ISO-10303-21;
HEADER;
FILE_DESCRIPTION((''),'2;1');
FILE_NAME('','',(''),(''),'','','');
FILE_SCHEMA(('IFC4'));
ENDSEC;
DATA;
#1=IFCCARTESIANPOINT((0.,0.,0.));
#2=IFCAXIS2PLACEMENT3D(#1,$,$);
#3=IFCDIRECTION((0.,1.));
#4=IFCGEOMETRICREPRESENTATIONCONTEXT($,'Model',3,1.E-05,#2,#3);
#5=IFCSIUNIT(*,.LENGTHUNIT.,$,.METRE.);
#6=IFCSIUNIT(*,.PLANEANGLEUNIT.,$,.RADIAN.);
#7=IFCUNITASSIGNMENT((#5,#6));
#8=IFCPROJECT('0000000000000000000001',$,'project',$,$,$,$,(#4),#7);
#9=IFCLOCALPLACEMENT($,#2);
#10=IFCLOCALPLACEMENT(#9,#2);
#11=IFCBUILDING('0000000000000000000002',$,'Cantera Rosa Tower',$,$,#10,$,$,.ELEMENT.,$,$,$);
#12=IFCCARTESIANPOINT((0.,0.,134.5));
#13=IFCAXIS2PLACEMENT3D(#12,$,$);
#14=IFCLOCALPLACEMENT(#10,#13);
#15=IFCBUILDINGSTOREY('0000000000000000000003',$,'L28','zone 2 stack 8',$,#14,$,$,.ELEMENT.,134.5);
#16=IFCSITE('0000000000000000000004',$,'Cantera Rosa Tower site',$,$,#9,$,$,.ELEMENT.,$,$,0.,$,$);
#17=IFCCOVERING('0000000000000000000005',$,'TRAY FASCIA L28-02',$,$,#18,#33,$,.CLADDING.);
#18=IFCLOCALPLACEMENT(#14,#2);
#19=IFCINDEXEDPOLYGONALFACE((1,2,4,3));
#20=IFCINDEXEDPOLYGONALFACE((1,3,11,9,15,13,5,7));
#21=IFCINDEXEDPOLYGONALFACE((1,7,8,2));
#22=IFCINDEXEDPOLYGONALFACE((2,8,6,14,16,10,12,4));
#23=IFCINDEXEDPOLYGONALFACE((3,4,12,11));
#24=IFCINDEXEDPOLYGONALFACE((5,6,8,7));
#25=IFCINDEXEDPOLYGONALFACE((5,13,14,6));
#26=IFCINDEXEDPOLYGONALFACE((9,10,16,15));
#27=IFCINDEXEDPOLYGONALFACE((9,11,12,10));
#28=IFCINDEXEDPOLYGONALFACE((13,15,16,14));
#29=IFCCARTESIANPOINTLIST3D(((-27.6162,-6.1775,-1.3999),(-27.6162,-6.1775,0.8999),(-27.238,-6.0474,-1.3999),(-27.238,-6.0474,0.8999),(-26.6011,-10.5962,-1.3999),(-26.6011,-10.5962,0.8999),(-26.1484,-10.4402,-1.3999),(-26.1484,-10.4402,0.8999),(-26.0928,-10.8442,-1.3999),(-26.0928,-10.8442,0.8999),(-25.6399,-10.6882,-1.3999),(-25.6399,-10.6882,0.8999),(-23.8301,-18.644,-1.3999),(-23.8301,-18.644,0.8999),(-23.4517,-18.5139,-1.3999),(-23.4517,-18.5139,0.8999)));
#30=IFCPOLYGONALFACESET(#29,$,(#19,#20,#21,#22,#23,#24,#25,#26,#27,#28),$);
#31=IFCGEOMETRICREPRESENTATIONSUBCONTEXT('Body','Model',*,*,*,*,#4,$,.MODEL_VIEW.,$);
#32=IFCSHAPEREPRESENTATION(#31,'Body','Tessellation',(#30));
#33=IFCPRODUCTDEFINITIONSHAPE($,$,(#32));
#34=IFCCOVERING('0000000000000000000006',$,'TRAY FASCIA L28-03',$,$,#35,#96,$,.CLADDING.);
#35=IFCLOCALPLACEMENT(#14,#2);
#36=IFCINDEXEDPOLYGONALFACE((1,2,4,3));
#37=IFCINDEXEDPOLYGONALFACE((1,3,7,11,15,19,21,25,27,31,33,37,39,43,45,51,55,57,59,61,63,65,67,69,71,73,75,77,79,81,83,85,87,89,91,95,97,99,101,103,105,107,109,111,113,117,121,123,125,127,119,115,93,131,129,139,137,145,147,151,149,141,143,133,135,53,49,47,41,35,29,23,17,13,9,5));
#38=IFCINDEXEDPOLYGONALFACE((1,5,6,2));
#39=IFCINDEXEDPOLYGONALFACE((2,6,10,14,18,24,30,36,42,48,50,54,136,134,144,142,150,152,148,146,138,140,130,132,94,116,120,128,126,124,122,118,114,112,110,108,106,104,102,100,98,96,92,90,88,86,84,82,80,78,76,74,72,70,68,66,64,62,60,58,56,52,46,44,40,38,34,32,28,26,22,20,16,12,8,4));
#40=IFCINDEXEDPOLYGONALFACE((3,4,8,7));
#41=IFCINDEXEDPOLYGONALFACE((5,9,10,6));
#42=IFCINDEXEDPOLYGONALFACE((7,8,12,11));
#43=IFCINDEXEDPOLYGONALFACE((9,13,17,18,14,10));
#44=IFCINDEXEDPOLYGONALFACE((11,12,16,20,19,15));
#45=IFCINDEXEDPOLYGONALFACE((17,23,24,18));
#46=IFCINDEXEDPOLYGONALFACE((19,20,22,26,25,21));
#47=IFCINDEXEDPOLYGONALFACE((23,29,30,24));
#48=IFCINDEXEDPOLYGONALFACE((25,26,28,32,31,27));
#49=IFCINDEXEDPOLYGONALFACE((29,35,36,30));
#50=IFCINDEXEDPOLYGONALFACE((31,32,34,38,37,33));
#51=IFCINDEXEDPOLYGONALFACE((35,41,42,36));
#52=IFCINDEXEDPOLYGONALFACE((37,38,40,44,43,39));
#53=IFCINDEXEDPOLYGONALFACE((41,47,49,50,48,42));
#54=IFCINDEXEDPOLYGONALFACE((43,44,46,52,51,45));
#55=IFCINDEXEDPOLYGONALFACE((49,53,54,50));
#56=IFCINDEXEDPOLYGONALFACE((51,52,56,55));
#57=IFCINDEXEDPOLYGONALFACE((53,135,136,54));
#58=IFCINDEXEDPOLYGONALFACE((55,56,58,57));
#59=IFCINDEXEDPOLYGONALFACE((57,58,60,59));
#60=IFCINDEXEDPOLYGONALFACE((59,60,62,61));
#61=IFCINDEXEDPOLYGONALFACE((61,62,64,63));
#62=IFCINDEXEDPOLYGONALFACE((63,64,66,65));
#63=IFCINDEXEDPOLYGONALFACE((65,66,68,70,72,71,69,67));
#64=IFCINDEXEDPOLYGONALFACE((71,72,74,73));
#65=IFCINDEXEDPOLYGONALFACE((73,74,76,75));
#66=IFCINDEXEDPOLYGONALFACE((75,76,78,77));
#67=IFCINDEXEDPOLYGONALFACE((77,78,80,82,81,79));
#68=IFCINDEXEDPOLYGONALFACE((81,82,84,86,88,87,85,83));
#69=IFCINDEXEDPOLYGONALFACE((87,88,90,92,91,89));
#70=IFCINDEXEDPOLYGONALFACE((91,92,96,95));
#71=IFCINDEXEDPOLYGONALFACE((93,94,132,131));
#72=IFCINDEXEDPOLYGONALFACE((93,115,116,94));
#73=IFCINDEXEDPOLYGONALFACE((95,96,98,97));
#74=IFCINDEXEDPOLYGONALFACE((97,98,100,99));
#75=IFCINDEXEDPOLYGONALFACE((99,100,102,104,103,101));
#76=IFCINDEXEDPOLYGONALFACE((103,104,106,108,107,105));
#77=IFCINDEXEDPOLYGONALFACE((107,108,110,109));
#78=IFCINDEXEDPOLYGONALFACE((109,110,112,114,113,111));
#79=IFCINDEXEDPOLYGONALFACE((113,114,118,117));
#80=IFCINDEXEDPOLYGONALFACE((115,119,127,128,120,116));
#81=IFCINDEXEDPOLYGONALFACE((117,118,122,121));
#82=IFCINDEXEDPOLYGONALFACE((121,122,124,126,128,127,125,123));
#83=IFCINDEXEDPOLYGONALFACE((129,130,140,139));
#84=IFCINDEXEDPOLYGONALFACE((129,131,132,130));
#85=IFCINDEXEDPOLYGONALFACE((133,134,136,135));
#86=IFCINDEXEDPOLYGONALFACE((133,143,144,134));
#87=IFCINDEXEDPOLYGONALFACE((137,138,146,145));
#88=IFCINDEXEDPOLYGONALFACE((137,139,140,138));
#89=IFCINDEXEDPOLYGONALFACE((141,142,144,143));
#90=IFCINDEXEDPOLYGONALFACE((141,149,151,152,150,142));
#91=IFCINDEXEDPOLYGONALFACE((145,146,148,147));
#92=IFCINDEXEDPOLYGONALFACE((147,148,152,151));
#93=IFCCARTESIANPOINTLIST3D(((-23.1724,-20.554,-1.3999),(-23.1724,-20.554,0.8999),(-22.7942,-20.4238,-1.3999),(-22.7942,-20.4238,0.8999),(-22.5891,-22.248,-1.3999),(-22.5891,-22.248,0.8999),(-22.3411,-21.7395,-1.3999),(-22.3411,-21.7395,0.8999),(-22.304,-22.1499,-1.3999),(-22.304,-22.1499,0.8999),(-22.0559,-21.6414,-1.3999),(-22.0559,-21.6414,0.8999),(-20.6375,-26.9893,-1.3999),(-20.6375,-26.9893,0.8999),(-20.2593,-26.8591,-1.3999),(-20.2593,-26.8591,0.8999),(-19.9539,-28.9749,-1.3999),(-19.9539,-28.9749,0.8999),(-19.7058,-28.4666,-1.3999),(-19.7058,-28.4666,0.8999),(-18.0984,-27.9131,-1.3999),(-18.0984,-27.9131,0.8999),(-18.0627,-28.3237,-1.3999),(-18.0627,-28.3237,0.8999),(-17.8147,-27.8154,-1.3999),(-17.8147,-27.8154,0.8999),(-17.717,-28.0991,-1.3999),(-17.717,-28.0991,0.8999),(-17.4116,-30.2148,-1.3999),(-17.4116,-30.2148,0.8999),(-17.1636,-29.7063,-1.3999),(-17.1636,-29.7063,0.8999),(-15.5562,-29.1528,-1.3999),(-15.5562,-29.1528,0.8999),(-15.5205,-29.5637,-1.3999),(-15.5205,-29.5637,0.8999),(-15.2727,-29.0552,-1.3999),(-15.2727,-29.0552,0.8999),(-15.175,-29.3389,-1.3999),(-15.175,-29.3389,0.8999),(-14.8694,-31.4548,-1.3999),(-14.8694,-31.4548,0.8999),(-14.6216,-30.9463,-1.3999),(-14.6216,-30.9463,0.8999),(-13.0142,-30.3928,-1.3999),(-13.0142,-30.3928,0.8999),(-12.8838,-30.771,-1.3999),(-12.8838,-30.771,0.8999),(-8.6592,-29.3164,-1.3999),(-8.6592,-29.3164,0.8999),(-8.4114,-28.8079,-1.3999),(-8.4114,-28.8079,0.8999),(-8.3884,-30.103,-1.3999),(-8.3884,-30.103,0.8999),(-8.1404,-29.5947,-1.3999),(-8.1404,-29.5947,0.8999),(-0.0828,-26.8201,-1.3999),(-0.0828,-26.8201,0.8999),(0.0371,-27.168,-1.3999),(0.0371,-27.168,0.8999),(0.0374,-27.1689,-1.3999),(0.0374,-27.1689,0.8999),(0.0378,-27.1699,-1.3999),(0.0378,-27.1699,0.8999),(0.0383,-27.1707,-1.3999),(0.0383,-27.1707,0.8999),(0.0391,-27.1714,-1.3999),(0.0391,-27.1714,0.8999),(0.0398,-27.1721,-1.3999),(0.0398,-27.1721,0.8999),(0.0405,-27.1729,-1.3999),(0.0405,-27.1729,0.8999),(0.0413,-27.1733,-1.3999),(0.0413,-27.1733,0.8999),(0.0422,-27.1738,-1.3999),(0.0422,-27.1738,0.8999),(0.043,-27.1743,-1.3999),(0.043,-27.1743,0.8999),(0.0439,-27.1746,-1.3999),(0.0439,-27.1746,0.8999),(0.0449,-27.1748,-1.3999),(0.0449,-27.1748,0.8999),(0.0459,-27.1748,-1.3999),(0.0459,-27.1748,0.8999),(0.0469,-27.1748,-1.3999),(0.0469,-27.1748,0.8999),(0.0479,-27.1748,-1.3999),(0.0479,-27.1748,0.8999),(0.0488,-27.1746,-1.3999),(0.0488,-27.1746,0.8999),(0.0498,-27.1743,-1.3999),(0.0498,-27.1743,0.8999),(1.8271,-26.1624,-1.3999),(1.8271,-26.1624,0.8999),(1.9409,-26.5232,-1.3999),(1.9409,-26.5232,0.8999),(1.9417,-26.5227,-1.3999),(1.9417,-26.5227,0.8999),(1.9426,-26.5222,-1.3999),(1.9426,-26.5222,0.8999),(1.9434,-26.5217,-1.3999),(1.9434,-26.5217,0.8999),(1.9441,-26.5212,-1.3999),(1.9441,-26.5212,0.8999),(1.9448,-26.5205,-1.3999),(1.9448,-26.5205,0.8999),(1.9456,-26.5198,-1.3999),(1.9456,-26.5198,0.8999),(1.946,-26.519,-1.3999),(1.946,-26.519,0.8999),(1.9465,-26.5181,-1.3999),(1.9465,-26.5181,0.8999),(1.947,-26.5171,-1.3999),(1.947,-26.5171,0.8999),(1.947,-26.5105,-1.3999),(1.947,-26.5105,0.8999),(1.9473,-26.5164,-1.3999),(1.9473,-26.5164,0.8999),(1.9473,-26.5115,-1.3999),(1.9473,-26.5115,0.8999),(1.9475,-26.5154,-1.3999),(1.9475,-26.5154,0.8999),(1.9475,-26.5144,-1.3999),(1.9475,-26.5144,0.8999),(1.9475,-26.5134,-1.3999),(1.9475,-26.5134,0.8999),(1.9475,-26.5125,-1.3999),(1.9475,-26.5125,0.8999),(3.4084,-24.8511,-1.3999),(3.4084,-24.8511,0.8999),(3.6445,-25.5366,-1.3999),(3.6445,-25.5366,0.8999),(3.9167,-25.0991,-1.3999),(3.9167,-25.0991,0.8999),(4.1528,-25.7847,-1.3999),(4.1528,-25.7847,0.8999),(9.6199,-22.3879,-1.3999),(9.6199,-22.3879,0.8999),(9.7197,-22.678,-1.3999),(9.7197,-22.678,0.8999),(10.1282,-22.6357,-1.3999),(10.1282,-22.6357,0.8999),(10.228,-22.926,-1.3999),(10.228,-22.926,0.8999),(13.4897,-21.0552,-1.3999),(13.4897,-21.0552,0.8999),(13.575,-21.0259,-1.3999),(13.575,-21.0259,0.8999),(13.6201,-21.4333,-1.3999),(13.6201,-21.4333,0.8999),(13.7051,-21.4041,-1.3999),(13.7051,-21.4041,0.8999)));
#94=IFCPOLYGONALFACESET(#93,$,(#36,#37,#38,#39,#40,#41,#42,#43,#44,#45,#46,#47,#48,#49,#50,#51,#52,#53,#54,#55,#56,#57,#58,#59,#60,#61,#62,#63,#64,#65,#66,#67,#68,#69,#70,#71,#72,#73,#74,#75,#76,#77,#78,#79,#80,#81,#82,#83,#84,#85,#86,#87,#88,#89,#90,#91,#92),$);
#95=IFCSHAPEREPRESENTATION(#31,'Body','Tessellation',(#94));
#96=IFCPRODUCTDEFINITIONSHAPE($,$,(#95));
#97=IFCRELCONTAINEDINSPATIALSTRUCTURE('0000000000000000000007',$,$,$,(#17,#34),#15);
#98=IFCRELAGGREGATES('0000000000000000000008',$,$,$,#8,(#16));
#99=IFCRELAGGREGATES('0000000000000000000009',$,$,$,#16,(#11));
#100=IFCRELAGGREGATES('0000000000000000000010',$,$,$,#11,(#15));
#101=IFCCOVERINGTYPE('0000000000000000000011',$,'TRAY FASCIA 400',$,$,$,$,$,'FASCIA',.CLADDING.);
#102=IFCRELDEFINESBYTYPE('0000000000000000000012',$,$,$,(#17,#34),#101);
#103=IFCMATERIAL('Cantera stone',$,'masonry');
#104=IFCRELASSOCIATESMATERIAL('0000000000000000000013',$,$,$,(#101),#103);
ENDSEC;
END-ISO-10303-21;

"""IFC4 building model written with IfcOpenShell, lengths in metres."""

from ifc_helpers import new_model, si_unit, direction, frame, origin, place, context, subcontext, project, spatial, polyline, outline, extrude, material, type_object, element, save


model = new_model("IFC4")

# Units and contexts
model_context = context("Model", 3, precision=1e-05, world=origin(), true_north=direction((0.0, 1.0)))
body_context = subcontext(model_context, "Body", "Model", "MODEL_VIEW")
ifc_project = project(units=[si_unit("LENGTHUNIT", "METRE"), si_unit("PLANEANGLEUNIT", "RADIAN")], contexts=[model_context])

# Site, building, storey
site_placement = place(None, origin())
site = spatial("IfcSite", under=ifc_project, at=site_placement, Name="Cantera Rosa Tower site", CompositionType="ELEMENT", RefElevation=0.0)
building_placement = place(site_placement, origin())
building = spatial("IfcBuilding", under=site, at=building_placement, Name="Cantera Rosa Tower", CompositionType="ELEMENT")
storey_placement = place(building_placement, frame((0.0, 0.0, 134.5)))
storey = spatial("IfcBuildingStorey", under=building, at=storey_placement, Name="L28", Description="zone 2 stack 8", CompositionType="ELEMENT", Elevation=134.5)

# Coverings
ifc_material_1 = material(Name="Cantera stone", Category="masonry")
covering_type_1 = type_object("IfcCoveringType", Name="TRAY FASCIA 400", ElementType="FASCIA", PredefinedType="CLADDING", material=ifc_material_1)
covering_1_placement = place(storey_placement, frame((0.0, 0.0, -1.3999)))
element("IfcCovering", 1, at=covering_1_placement, inside=storey, type_object=covering_type_1, Name="TRAY FASCIA L28-02", PredefinedType="CLADDING", context=body_context, shape_type="SweptSolid", body=[
    extrude(outline(polyline([(-26.6011, -10.5962), (-26.1484, -10.4402), (-27.6162, -6.1775), (-27.238, -6.0474), (-25.6399, -10.6882), (-26.0928, -10.8442), (-23.4517, -18.5139), (-23.8301, -18.644), (-26.6011, -10.5962)])), origin(), (0.0, 0.0, 1.0), 2.2998),
])
covering_2_placement = place(storey_placement, frame((0.0, 0.0, -1.3999)))
element("IfcCovering", 2, at=covering_2_placement, inside=storey, type_object=covering_type_1, Name="TRAY FASCIA L28-03", PredefinedType="CLADDING", context=body_context, shape_type="SweptSolid", body=[
    extrude(outline(polyline([(13.6201, -21.4333), (10.1282, -22.6357), (10.228, -22.926), (3.9167, -25.0991), (4.1528, -25.7847), (-8.3884, -30.103), (-8.6592, -29.3164), (-12.8838, -30.771), (-14.8694, -31.4548), (-15.5205, -29.5637), (-17.4116, -30.2148), (-18.0627, -28.3237), (-19.9539, -28.9749), (-20.6375, -26.9893), (-22.304, -22.1499), (-22.5891, -22.248), (-23.1724, -20.554), (-22.7942, -20.4238), (-22.3411, -21.7395), (-22.0559, -21.6414), (-20.2593, -26.8591), (-19.7058, -28.4666), (-18.0984, -27.9131), (-17.8147, -27.8154), (-17.717, -28.0991), (-17.1636, -29.7063), (-15.5562, -29.1528), (-15.2727, -29.0552), (-15.175, -29.3389), (-14.6216, -30.9463), (-13.0142, -30.3928), (-8.4114, -28.8079), (-8.1404, -29.5947), (-0.0828, -26.8201), (0.0371, -27.168), (0.0374, -27.1689), (0.0378, -27.1699), (0.0383, -27.1707), (0.0391, -27.1714), (0.0398, -27.1721), (0.0405, -27.1729), (0.0413, -27.1733), (0.0422, -27.1738), (0.043, -27.1743), (0.0439, -27.1746), (0.0449, -27.1748), (0.0459, -27.1748), (0.0469, -27.1748), (0.0479, -27.1748), (0.0488, -27.1746), (0.0498, -27.1743), (1.9409, -26.5232), (1.9417, -26.5227), (1.9426, -26.5222), (1.9434, -26.5217), (1.9441, -26.5212), (1.9448, -26.5205), (1.9456, -26.5198), (1.946, -26.519), (1.9465, -26.5181), (1.947, -26.5171), (1.9473, -26.5164), (1.9475, -26.5154), (1.9475, -26.5144), (1.9475, -26.5134), (1.9475, -26.5125), (1.9473, -26.5115), (1.947, -26.5105), (1.8271, -26.1624), (3.6445, -25.5366), (3.4084, -24.8511), (9.7197, -22.678), (9.6199, -22.3879), (13.4897, -21.0552), (13.575, -21.0259), (13.7051, -21.4041), (13.6201, -21.4333)])), origin(), (0.0, 0.0, 1.0), 2.2998),
])

save(model, "model.ifc")
